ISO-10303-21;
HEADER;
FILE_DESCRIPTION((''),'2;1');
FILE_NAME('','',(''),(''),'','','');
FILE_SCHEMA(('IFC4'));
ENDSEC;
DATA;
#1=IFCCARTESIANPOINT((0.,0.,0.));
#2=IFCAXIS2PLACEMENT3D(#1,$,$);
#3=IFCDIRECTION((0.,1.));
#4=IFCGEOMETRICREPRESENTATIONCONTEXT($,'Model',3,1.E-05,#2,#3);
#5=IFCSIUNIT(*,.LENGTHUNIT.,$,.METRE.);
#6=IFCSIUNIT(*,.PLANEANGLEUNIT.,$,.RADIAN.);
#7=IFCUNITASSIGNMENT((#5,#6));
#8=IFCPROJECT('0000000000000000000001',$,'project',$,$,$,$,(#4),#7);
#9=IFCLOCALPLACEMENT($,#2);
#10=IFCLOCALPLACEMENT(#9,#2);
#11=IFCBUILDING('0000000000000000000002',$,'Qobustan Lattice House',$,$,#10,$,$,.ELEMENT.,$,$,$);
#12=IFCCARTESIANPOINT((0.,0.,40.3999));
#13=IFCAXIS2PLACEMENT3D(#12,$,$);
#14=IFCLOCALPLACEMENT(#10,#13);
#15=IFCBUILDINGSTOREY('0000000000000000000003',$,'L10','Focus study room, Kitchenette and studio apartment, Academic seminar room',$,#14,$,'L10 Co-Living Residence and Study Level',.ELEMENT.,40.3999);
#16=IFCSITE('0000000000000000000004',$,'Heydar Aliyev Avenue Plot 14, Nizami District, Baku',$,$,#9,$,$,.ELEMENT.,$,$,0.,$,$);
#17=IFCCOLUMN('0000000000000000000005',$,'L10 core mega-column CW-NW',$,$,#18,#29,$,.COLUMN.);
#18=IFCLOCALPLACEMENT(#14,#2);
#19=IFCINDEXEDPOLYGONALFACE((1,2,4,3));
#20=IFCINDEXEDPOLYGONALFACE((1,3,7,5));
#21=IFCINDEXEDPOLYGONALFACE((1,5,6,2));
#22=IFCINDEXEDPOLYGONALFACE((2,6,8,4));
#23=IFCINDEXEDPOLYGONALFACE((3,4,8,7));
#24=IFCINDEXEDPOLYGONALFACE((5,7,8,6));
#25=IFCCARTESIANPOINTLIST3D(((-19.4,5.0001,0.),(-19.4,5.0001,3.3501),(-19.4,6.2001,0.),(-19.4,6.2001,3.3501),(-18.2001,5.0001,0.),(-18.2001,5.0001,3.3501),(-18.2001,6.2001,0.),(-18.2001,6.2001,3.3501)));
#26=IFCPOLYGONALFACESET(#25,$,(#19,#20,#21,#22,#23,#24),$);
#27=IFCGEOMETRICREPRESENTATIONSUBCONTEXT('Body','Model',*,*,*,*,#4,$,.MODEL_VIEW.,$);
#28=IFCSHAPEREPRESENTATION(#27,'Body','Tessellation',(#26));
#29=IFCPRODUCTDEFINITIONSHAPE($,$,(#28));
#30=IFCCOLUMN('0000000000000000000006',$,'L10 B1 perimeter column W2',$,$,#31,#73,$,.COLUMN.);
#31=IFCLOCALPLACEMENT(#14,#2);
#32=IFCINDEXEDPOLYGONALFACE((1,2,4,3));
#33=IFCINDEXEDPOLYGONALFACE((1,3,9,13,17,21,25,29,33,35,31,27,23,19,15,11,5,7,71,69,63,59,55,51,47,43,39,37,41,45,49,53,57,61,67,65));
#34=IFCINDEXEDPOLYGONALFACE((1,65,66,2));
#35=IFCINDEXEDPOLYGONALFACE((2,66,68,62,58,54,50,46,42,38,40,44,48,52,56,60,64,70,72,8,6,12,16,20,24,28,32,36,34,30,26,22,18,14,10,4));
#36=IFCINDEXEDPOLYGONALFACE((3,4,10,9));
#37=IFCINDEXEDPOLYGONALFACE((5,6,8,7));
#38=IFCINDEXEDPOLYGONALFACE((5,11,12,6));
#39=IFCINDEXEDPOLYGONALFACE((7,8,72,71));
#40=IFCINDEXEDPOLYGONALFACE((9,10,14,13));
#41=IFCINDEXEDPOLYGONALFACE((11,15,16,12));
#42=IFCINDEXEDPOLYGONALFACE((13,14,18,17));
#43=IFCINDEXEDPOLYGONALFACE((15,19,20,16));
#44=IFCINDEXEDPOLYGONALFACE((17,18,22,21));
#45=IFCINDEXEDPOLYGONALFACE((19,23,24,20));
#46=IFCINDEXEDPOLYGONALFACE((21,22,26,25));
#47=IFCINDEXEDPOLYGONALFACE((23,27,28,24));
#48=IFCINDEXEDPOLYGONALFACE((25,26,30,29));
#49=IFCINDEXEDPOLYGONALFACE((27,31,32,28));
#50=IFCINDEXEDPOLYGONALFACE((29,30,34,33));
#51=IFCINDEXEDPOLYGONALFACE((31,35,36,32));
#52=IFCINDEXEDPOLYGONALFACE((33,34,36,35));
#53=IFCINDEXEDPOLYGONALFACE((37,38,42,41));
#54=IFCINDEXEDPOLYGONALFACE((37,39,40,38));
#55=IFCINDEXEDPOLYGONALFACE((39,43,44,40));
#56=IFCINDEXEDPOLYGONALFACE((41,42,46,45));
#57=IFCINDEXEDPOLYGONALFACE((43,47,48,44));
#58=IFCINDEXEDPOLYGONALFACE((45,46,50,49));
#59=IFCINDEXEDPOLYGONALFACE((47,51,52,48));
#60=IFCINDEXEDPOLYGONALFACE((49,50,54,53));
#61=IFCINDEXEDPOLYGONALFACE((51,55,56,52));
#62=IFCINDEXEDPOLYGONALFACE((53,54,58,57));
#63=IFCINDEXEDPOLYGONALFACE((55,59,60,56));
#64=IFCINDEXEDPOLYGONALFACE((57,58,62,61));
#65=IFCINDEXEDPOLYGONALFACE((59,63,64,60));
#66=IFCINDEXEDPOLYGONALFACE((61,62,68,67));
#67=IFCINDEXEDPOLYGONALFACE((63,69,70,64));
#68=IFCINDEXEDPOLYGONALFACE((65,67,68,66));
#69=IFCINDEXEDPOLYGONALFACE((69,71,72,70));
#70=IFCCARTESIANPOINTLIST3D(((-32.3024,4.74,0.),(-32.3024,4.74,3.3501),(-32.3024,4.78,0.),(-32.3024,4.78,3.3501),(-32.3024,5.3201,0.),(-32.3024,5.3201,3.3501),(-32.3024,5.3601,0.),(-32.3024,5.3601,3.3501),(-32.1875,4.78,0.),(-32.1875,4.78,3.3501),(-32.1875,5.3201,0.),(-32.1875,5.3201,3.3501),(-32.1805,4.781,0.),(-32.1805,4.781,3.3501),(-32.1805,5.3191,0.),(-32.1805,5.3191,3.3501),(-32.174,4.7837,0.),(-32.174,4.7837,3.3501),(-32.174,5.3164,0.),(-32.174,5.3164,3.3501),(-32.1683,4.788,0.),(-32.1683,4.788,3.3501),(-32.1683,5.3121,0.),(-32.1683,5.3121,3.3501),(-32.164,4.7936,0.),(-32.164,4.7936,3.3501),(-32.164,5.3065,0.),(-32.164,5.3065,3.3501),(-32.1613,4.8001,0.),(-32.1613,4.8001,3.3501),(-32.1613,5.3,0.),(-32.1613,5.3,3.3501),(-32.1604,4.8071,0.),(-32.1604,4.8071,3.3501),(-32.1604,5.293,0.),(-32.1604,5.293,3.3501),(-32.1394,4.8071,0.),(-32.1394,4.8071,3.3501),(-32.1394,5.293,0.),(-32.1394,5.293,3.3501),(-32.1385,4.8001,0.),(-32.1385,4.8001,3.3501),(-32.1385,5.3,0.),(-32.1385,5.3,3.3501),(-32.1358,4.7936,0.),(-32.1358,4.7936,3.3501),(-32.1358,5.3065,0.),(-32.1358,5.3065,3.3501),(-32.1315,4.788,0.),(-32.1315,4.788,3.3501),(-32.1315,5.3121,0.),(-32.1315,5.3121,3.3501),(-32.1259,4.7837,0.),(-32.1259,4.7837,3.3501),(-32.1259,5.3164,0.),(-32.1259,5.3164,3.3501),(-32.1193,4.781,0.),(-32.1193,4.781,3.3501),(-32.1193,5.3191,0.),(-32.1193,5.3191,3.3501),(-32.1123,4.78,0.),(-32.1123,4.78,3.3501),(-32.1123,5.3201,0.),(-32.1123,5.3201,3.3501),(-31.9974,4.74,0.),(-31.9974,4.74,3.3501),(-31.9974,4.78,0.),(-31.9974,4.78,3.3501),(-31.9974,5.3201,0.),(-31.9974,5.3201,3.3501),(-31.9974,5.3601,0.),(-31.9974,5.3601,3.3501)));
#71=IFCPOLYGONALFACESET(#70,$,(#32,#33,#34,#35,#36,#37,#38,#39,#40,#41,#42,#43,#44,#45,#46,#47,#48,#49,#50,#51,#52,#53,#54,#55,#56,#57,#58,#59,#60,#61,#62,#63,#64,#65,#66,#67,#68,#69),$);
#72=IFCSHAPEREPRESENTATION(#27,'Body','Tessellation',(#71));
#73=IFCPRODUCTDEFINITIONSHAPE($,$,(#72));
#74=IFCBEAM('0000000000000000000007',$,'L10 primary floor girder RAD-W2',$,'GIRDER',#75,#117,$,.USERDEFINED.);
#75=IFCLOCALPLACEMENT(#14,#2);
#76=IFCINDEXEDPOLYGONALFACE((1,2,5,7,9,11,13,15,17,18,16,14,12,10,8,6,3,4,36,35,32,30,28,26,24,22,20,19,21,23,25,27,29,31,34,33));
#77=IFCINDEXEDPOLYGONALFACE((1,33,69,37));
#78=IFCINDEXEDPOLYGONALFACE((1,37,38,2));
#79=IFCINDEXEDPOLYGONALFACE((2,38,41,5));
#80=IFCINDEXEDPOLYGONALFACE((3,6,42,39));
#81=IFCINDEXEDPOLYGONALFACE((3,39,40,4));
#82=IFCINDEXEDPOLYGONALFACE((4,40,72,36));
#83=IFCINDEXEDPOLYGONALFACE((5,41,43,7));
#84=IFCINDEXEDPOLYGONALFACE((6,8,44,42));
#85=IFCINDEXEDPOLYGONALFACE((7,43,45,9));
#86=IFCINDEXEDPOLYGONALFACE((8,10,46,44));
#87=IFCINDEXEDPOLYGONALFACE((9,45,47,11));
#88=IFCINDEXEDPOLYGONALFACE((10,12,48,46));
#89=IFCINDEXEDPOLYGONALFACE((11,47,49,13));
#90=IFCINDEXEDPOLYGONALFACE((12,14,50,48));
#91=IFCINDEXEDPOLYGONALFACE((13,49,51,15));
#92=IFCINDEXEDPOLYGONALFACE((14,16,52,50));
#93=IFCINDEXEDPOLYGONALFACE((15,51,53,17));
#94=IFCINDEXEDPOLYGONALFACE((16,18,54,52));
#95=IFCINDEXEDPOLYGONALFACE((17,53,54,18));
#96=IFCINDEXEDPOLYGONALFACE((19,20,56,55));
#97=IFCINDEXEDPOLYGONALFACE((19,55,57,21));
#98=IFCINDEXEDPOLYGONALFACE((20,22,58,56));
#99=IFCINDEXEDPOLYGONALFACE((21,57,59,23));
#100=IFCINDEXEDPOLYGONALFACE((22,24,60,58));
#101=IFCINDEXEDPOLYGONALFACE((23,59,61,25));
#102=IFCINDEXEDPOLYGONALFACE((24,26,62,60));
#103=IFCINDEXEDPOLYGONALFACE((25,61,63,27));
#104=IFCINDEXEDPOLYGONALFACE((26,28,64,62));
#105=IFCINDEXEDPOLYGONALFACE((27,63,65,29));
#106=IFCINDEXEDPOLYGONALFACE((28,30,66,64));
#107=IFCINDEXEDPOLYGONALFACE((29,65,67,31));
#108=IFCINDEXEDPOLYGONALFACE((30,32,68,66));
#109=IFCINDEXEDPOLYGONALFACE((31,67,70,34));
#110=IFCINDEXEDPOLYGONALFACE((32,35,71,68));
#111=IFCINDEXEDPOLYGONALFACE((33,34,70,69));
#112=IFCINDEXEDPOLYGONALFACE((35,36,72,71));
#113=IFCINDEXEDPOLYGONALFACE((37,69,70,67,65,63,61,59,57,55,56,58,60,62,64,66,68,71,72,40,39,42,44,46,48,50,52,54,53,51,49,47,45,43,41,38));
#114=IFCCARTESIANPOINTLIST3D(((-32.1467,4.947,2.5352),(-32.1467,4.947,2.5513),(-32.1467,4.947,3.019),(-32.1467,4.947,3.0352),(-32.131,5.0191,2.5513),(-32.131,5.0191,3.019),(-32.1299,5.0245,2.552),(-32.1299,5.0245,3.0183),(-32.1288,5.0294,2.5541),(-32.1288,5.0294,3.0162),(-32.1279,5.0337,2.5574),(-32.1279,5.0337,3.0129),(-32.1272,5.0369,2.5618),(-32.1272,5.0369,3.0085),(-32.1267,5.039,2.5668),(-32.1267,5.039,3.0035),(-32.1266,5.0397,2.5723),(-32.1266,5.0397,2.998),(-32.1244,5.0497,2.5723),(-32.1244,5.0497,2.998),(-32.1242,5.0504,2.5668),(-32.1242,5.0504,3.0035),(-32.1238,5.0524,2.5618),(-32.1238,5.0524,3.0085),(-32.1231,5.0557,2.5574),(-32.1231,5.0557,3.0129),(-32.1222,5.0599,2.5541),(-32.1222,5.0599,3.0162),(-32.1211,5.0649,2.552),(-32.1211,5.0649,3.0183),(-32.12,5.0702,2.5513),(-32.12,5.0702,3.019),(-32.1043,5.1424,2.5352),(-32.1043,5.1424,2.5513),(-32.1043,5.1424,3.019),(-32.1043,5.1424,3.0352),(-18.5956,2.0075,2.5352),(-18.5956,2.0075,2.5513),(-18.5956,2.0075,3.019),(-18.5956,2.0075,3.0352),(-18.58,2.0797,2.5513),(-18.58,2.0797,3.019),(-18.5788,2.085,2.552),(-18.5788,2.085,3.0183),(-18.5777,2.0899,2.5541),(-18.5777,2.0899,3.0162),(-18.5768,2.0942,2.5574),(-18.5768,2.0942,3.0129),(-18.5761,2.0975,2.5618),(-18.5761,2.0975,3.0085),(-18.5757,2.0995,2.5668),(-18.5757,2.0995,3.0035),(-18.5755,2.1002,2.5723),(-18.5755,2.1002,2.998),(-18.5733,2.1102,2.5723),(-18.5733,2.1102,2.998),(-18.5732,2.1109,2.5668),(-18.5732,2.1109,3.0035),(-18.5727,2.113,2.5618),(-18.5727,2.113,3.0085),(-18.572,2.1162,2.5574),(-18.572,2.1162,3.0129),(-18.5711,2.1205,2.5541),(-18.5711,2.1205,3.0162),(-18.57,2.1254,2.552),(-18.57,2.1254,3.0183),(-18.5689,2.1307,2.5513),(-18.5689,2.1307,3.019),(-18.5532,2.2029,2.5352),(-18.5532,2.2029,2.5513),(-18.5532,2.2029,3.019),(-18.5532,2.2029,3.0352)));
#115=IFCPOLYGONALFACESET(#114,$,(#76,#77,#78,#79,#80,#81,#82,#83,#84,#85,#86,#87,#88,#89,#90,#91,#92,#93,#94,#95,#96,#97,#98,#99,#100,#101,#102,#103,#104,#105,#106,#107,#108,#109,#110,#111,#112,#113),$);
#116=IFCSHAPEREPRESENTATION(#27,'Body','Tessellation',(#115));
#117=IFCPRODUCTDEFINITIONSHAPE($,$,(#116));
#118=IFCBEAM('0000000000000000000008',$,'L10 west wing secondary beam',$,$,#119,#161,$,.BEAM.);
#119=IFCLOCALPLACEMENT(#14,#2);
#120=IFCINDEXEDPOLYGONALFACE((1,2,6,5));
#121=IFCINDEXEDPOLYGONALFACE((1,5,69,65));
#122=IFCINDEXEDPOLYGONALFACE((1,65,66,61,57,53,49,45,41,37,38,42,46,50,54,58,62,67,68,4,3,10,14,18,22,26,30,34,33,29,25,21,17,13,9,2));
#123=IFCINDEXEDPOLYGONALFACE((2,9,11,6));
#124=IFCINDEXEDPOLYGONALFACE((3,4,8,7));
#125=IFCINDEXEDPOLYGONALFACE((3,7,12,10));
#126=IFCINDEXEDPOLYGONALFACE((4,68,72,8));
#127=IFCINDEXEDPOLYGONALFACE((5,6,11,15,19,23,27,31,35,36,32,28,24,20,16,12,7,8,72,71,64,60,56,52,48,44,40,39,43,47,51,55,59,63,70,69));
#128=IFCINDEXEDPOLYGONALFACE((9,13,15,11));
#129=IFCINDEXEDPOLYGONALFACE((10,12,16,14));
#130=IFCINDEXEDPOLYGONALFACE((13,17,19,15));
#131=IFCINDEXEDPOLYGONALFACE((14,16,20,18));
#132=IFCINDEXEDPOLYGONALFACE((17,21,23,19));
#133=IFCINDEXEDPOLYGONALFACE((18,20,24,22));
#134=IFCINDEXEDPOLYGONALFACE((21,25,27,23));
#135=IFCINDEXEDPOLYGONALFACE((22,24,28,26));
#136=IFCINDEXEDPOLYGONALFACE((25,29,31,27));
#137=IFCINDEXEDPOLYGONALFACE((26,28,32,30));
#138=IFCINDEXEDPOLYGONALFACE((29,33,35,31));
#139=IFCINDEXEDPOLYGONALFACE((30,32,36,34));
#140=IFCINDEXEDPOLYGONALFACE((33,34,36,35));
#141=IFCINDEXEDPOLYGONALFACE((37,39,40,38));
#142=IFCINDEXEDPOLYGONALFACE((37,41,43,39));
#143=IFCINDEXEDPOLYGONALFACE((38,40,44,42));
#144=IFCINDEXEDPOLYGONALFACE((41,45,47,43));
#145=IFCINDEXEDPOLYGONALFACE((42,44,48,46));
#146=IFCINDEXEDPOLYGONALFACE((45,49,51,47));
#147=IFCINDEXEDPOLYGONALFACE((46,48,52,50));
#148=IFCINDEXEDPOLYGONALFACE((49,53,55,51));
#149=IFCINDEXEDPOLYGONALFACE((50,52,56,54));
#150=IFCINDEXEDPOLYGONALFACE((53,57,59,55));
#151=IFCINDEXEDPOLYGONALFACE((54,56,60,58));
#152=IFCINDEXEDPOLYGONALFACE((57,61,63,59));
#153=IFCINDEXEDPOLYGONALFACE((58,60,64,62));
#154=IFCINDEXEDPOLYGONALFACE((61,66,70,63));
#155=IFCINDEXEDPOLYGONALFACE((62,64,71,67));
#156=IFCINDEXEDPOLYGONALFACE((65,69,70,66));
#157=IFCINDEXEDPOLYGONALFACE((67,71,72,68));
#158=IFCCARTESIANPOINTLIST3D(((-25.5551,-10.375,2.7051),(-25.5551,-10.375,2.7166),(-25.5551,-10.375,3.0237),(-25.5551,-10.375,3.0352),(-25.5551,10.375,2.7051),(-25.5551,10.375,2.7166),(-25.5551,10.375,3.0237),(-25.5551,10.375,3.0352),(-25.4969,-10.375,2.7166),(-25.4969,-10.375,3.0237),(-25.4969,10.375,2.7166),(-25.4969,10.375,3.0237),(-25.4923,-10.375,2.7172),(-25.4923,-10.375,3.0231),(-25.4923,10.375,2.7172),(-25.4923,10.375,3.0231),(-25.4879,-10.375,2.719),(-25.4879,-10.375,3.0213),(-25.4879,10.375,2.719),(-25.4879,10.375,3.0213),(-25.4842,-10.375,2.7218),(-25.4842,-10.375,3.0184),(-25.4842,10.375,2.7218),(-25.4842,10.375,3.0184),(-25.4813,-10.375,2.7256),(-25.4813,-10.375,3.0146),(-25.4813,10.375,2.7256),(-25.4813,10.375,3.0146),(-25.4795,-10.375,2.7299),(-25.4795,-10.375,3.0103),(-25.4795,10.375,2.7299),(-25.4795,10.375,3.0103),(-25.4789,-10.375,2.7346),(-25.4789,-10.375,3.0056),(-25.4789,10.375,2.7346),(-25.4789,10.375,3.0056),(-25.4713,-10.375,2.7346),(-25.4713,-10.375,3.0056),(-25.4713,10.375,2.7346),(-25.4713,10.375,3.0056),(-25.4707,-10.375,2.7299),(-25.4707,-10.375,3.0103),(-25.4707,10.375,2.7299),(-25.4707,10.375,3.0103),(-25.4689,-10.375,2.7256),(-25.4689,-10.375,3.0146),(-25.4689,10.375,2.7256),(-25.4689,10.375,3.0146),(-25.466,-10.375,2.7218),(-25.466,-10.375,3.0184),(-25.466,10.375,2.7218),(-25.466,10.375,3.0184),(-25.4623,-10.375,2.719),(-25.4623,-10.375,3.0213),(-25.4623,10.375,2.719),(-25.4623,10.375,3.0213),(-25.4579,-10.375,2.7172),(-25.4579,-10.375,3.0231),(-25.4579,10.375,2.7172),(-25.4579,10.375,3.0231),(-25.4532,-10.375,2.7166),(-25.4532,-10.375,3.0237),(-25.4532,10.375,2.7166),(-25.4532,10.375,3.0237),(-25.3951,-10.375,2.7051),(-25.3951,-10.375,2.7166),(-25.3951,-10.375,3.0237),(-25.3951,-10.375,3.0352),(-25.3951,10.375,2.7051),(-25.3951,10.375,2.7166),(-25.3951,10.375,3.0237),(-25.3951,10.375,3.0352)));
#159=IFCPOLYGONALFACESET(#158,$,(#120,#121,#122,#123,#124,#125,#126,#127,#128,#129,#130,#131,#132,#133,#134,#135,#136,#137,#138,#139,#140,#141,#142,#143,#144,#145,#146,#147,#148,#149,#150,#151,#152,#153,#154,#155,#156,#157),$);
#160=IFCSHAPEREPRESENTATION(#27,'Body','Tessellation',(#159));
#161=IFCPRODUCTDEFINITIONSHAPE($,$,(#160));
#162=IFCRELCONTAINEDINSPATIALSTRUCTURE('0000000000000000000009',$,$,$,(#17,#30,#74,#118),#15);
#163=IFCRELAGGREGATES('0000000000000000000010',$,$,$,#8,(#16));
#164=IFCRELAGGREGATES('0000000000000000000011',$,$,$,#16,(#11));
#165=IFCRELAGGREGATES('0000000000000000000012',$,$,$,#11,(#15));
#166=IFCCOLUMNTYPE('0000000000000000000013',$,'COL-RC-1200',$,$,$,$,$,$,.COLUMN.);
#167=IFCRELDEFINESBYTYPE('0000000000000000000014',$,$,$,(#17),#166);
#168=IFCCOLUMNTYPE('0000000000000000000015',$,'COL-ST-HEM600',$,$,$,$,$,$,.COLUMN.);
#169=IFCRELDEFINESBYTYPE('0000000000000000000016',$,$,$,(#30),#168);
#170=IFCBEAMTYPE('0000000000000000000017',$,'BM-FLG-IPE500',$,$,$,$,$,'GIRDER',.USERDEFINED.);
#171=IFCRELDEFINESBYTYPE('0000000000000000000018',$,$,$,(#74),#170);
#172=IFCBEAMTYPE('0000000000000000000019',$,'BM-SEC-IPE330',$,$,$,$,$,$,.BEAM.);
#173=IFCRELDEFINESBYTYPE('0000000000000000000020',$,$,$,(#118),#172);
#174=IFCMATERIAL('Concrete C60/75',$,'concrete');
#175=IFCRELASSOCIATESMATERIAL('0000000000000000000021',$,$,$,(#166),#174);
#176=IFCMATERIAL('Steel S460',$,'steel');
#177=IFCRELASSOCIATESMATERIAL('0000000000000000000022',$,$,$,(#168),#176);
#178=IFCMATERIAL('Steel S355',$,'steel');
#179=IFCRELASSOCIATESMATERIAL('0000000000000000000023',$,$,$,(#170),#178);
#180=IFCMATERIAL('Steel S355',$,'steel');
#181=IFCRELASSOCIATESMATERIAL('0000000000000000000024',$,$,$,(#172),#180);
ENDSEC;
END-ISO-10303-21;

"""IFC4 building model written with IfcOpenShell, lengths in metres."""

from ifc_helpers import new_model, si_unit, direction, frame, origin, origin_2d, place, context, subcontext, project, spatial, rectangle, i_section, extrude, material, material_profile, profile_set, type_object, element, save


model = new_model("IFC4")

# Units and contexts
model_context = context("Model", 3, precision=1e-05, world=origin(), true_north=direction((0.0, 1.0)))
body_context = subcontext(model_context, "Body", "Model", "MODEL_VIEW")
ifc_project = project(units=[si_unit("LENGTHUNIT", "METRE"), si_unit("PLANEANGLEUNIT", "RADIAN")], contexts=[model_context])

# Site, building, storey
site_placement = place(None, origin())
site = spatial("IfcSite", under=ifc_project, at=site_placement, Name="Heydar Aliyev Avenue Plot 14, Nizami District, Baku", CompositionType="ELEMENT", RefElevation=0.0)
building_placement = place(site_placement, origin())
building = spatial("IfcBuilding", under=site, at=building_placement, Name="Qobustan Lattice House", CompositionType="ELEMENT")
storey_placement = place(building_placement, frame((0.0, 0.0, 40.3999)))
storey = spatial("IfcBuildingStorey", under=building, at=storey_placement, Name="L10", Description="Focus study room, Kitchenette and studio apartment, Academic seminar room", LongName="L10 Co-Living Residence and Study Level", CompositionType="ELEMENT", Elevation=40.3999)

# Columns
ifc_material_1 = material(Name="Concrete C60/75", Category="concrete")
ifc_material_profile_1 = material_profile(ifc_material_1, rectangle(XDim=1.2, YDim=1.2, at=origin_2d()), Name="RC1200x1200")
ifc_profile_set_1 = profile_set([ifc_material_profile_1], Name="Concrete C60/75")
column_type_1 = type_object("IfcColumnType", Name="COL-RC-1200", PredefinedType="COLUMN", material=ifc_profile_set_1)
column_1_placement = place(storey_placement, frame((-18.8, 5.6001, 0.0), z_axis=(0.0, 0.0, 1.0), x_axis=(1.0, 0.0, 0.0)))
element("IfcColumn", 1, at=column_1_placement, inside=storey, type_object=column_type_1, Name="L10 core mega-column CW-NW", PredefinedType="COLUMN", context=body_context, shape_type="SweptSolid", body=[
    extrude(rectangle(XDim=1.2, YDim=1.2, at=origin_2d()), origin(), (0.0, 0.0, 1.0), 3.3501),
])
ifc_material_2 = material(Name="Steel S460", Category="steel")
ifc_material_profile_2 = material_profile(ifc_material_2, i_section(OverallWidth=0.3049, OverallDepth=0.6201, WebThickness=0.021, FlangeThickness=0.04, FilletRadius=0.0271, at=origin_2d()), Name="HEM600")
ifc_profile_set_2 = profile_set([ifc_material_profile_2], Name="Steel S460")
column_type_2 = type_object("IfcColumnType", Name="COL-ST-HEM600", PredefinedType="COLUMN", material=ifc_profile_set_2)
column_2_placement = place(storey_placement, frame((-32.1499, 5.05, 0.0), z_axis=(0.0, 0.0, 1.0), x_axis=(1.0, 0.0, 0.0)))
element("IfcColumn", 2, at=column_2_placement, inside=storey, type_object=column_type_2, Name="L10 B1 perimeter column W2", PredefinedType="COLUMN", context=body_context, shape_type="SweptSolid", body=[
    extrude(i_section(OverallWidth=0.3049, OverallDepth=0.6201, WebThickness=0.021, FlangeThickness=0.04, FilletRadius=0.0271, at=origin_2d()), origin(), (0.0, 0.0, 1.0), 3.3501),
])

# Beams
ifc_material_3 = material(Name="Steel S355", Category="steel")
ifc_material_profile_3 = material_profile(ifc_material_3, i_section(OverallWidth=0.2, OverallDepth=0.5, WebThickness=0.0103, FlangeThickness=0.0161, FilletRadius=0.021, at=origin_2d()), Name="IPE500")
ifc_profile_set_3 = profile_set([ifc_material_profile_3], Name="Steel S355")
beam_type_1 = type_object("IfcBeamType", Name="BM-FLG-IPE500", ElementType="GIRDER", PredefinedType="USERDEFINED", material=ifc_profile_set_3)
beam_1_placement = place(storey_placement, frame((-32.1255, 5.0447, 2.7852), z_axis=(0.977272, -0.211987, 0.0), x_axis=(0.211987, 0.977272, 0.0)))
element("IfcBeam", 3, at=beam_1_placement, inside=storey, type_object=beam_type_1, Name="L10 primary floor girder RAD-W2", ObjectType="GIRDER", PredefinedType="USERDEFINED", context=body_context, shape_type="SweptSolid", body=[
    extrude(i_section(OverallWidth=0.2, OverallDepth=0.5, WebThickness=0.0103, FlangeThickness=0.0161, FilletRadius=0.021, at=origin_2d()), origin(), (0.0, 0.0, 1.0), 13.8662),
])
ifc_material_4 = material(Name="Steel S355", Category="steel")
ifc_material_profile_4 = material_profile(ifc_material_4, i_section(OverallWidth=0.1599, OverallDepth=0.3301, WebThickness=0.0076, FlangeThickness=0.0115, FilletRadius=0.0181, at=origin_2d()), Name="IPE330")
ifc_profile_set_4 = profile_set([ifc_material_profile_4], Name="Steel S355")
beam_type_2 = type_object("IfcBeamType", Name="BM-SEC-IPE330", PredefinedType="BEAM", material=ifc_profile_set_4)
beam_2_placement = place(storey_placement, frame((-25.4751, 10.375, 2.8701), z_axis=(0.0, -1.0, 0.0), x_axis=(1.0, 0.0, 0.0)))
element("IfcBeam", 4, at=beam_2_placement, inside=storey, type_object=beam_type_2, Name="L10 west wing secondary beam", PredefinedType="BEAM", context=body_context, shape_type="SweptSolid", body=[
    extrude(i_section(OverallWidth=0.1599, OverallDepth=0.3301, WebThickness=0.0076, FlangeThickness=0.0115, FilletRadius=0.0181, at=origin_2d()), origin(), (0.0, 0.0, 1.0), 20.75),
])

save(model, "model.ifc")
